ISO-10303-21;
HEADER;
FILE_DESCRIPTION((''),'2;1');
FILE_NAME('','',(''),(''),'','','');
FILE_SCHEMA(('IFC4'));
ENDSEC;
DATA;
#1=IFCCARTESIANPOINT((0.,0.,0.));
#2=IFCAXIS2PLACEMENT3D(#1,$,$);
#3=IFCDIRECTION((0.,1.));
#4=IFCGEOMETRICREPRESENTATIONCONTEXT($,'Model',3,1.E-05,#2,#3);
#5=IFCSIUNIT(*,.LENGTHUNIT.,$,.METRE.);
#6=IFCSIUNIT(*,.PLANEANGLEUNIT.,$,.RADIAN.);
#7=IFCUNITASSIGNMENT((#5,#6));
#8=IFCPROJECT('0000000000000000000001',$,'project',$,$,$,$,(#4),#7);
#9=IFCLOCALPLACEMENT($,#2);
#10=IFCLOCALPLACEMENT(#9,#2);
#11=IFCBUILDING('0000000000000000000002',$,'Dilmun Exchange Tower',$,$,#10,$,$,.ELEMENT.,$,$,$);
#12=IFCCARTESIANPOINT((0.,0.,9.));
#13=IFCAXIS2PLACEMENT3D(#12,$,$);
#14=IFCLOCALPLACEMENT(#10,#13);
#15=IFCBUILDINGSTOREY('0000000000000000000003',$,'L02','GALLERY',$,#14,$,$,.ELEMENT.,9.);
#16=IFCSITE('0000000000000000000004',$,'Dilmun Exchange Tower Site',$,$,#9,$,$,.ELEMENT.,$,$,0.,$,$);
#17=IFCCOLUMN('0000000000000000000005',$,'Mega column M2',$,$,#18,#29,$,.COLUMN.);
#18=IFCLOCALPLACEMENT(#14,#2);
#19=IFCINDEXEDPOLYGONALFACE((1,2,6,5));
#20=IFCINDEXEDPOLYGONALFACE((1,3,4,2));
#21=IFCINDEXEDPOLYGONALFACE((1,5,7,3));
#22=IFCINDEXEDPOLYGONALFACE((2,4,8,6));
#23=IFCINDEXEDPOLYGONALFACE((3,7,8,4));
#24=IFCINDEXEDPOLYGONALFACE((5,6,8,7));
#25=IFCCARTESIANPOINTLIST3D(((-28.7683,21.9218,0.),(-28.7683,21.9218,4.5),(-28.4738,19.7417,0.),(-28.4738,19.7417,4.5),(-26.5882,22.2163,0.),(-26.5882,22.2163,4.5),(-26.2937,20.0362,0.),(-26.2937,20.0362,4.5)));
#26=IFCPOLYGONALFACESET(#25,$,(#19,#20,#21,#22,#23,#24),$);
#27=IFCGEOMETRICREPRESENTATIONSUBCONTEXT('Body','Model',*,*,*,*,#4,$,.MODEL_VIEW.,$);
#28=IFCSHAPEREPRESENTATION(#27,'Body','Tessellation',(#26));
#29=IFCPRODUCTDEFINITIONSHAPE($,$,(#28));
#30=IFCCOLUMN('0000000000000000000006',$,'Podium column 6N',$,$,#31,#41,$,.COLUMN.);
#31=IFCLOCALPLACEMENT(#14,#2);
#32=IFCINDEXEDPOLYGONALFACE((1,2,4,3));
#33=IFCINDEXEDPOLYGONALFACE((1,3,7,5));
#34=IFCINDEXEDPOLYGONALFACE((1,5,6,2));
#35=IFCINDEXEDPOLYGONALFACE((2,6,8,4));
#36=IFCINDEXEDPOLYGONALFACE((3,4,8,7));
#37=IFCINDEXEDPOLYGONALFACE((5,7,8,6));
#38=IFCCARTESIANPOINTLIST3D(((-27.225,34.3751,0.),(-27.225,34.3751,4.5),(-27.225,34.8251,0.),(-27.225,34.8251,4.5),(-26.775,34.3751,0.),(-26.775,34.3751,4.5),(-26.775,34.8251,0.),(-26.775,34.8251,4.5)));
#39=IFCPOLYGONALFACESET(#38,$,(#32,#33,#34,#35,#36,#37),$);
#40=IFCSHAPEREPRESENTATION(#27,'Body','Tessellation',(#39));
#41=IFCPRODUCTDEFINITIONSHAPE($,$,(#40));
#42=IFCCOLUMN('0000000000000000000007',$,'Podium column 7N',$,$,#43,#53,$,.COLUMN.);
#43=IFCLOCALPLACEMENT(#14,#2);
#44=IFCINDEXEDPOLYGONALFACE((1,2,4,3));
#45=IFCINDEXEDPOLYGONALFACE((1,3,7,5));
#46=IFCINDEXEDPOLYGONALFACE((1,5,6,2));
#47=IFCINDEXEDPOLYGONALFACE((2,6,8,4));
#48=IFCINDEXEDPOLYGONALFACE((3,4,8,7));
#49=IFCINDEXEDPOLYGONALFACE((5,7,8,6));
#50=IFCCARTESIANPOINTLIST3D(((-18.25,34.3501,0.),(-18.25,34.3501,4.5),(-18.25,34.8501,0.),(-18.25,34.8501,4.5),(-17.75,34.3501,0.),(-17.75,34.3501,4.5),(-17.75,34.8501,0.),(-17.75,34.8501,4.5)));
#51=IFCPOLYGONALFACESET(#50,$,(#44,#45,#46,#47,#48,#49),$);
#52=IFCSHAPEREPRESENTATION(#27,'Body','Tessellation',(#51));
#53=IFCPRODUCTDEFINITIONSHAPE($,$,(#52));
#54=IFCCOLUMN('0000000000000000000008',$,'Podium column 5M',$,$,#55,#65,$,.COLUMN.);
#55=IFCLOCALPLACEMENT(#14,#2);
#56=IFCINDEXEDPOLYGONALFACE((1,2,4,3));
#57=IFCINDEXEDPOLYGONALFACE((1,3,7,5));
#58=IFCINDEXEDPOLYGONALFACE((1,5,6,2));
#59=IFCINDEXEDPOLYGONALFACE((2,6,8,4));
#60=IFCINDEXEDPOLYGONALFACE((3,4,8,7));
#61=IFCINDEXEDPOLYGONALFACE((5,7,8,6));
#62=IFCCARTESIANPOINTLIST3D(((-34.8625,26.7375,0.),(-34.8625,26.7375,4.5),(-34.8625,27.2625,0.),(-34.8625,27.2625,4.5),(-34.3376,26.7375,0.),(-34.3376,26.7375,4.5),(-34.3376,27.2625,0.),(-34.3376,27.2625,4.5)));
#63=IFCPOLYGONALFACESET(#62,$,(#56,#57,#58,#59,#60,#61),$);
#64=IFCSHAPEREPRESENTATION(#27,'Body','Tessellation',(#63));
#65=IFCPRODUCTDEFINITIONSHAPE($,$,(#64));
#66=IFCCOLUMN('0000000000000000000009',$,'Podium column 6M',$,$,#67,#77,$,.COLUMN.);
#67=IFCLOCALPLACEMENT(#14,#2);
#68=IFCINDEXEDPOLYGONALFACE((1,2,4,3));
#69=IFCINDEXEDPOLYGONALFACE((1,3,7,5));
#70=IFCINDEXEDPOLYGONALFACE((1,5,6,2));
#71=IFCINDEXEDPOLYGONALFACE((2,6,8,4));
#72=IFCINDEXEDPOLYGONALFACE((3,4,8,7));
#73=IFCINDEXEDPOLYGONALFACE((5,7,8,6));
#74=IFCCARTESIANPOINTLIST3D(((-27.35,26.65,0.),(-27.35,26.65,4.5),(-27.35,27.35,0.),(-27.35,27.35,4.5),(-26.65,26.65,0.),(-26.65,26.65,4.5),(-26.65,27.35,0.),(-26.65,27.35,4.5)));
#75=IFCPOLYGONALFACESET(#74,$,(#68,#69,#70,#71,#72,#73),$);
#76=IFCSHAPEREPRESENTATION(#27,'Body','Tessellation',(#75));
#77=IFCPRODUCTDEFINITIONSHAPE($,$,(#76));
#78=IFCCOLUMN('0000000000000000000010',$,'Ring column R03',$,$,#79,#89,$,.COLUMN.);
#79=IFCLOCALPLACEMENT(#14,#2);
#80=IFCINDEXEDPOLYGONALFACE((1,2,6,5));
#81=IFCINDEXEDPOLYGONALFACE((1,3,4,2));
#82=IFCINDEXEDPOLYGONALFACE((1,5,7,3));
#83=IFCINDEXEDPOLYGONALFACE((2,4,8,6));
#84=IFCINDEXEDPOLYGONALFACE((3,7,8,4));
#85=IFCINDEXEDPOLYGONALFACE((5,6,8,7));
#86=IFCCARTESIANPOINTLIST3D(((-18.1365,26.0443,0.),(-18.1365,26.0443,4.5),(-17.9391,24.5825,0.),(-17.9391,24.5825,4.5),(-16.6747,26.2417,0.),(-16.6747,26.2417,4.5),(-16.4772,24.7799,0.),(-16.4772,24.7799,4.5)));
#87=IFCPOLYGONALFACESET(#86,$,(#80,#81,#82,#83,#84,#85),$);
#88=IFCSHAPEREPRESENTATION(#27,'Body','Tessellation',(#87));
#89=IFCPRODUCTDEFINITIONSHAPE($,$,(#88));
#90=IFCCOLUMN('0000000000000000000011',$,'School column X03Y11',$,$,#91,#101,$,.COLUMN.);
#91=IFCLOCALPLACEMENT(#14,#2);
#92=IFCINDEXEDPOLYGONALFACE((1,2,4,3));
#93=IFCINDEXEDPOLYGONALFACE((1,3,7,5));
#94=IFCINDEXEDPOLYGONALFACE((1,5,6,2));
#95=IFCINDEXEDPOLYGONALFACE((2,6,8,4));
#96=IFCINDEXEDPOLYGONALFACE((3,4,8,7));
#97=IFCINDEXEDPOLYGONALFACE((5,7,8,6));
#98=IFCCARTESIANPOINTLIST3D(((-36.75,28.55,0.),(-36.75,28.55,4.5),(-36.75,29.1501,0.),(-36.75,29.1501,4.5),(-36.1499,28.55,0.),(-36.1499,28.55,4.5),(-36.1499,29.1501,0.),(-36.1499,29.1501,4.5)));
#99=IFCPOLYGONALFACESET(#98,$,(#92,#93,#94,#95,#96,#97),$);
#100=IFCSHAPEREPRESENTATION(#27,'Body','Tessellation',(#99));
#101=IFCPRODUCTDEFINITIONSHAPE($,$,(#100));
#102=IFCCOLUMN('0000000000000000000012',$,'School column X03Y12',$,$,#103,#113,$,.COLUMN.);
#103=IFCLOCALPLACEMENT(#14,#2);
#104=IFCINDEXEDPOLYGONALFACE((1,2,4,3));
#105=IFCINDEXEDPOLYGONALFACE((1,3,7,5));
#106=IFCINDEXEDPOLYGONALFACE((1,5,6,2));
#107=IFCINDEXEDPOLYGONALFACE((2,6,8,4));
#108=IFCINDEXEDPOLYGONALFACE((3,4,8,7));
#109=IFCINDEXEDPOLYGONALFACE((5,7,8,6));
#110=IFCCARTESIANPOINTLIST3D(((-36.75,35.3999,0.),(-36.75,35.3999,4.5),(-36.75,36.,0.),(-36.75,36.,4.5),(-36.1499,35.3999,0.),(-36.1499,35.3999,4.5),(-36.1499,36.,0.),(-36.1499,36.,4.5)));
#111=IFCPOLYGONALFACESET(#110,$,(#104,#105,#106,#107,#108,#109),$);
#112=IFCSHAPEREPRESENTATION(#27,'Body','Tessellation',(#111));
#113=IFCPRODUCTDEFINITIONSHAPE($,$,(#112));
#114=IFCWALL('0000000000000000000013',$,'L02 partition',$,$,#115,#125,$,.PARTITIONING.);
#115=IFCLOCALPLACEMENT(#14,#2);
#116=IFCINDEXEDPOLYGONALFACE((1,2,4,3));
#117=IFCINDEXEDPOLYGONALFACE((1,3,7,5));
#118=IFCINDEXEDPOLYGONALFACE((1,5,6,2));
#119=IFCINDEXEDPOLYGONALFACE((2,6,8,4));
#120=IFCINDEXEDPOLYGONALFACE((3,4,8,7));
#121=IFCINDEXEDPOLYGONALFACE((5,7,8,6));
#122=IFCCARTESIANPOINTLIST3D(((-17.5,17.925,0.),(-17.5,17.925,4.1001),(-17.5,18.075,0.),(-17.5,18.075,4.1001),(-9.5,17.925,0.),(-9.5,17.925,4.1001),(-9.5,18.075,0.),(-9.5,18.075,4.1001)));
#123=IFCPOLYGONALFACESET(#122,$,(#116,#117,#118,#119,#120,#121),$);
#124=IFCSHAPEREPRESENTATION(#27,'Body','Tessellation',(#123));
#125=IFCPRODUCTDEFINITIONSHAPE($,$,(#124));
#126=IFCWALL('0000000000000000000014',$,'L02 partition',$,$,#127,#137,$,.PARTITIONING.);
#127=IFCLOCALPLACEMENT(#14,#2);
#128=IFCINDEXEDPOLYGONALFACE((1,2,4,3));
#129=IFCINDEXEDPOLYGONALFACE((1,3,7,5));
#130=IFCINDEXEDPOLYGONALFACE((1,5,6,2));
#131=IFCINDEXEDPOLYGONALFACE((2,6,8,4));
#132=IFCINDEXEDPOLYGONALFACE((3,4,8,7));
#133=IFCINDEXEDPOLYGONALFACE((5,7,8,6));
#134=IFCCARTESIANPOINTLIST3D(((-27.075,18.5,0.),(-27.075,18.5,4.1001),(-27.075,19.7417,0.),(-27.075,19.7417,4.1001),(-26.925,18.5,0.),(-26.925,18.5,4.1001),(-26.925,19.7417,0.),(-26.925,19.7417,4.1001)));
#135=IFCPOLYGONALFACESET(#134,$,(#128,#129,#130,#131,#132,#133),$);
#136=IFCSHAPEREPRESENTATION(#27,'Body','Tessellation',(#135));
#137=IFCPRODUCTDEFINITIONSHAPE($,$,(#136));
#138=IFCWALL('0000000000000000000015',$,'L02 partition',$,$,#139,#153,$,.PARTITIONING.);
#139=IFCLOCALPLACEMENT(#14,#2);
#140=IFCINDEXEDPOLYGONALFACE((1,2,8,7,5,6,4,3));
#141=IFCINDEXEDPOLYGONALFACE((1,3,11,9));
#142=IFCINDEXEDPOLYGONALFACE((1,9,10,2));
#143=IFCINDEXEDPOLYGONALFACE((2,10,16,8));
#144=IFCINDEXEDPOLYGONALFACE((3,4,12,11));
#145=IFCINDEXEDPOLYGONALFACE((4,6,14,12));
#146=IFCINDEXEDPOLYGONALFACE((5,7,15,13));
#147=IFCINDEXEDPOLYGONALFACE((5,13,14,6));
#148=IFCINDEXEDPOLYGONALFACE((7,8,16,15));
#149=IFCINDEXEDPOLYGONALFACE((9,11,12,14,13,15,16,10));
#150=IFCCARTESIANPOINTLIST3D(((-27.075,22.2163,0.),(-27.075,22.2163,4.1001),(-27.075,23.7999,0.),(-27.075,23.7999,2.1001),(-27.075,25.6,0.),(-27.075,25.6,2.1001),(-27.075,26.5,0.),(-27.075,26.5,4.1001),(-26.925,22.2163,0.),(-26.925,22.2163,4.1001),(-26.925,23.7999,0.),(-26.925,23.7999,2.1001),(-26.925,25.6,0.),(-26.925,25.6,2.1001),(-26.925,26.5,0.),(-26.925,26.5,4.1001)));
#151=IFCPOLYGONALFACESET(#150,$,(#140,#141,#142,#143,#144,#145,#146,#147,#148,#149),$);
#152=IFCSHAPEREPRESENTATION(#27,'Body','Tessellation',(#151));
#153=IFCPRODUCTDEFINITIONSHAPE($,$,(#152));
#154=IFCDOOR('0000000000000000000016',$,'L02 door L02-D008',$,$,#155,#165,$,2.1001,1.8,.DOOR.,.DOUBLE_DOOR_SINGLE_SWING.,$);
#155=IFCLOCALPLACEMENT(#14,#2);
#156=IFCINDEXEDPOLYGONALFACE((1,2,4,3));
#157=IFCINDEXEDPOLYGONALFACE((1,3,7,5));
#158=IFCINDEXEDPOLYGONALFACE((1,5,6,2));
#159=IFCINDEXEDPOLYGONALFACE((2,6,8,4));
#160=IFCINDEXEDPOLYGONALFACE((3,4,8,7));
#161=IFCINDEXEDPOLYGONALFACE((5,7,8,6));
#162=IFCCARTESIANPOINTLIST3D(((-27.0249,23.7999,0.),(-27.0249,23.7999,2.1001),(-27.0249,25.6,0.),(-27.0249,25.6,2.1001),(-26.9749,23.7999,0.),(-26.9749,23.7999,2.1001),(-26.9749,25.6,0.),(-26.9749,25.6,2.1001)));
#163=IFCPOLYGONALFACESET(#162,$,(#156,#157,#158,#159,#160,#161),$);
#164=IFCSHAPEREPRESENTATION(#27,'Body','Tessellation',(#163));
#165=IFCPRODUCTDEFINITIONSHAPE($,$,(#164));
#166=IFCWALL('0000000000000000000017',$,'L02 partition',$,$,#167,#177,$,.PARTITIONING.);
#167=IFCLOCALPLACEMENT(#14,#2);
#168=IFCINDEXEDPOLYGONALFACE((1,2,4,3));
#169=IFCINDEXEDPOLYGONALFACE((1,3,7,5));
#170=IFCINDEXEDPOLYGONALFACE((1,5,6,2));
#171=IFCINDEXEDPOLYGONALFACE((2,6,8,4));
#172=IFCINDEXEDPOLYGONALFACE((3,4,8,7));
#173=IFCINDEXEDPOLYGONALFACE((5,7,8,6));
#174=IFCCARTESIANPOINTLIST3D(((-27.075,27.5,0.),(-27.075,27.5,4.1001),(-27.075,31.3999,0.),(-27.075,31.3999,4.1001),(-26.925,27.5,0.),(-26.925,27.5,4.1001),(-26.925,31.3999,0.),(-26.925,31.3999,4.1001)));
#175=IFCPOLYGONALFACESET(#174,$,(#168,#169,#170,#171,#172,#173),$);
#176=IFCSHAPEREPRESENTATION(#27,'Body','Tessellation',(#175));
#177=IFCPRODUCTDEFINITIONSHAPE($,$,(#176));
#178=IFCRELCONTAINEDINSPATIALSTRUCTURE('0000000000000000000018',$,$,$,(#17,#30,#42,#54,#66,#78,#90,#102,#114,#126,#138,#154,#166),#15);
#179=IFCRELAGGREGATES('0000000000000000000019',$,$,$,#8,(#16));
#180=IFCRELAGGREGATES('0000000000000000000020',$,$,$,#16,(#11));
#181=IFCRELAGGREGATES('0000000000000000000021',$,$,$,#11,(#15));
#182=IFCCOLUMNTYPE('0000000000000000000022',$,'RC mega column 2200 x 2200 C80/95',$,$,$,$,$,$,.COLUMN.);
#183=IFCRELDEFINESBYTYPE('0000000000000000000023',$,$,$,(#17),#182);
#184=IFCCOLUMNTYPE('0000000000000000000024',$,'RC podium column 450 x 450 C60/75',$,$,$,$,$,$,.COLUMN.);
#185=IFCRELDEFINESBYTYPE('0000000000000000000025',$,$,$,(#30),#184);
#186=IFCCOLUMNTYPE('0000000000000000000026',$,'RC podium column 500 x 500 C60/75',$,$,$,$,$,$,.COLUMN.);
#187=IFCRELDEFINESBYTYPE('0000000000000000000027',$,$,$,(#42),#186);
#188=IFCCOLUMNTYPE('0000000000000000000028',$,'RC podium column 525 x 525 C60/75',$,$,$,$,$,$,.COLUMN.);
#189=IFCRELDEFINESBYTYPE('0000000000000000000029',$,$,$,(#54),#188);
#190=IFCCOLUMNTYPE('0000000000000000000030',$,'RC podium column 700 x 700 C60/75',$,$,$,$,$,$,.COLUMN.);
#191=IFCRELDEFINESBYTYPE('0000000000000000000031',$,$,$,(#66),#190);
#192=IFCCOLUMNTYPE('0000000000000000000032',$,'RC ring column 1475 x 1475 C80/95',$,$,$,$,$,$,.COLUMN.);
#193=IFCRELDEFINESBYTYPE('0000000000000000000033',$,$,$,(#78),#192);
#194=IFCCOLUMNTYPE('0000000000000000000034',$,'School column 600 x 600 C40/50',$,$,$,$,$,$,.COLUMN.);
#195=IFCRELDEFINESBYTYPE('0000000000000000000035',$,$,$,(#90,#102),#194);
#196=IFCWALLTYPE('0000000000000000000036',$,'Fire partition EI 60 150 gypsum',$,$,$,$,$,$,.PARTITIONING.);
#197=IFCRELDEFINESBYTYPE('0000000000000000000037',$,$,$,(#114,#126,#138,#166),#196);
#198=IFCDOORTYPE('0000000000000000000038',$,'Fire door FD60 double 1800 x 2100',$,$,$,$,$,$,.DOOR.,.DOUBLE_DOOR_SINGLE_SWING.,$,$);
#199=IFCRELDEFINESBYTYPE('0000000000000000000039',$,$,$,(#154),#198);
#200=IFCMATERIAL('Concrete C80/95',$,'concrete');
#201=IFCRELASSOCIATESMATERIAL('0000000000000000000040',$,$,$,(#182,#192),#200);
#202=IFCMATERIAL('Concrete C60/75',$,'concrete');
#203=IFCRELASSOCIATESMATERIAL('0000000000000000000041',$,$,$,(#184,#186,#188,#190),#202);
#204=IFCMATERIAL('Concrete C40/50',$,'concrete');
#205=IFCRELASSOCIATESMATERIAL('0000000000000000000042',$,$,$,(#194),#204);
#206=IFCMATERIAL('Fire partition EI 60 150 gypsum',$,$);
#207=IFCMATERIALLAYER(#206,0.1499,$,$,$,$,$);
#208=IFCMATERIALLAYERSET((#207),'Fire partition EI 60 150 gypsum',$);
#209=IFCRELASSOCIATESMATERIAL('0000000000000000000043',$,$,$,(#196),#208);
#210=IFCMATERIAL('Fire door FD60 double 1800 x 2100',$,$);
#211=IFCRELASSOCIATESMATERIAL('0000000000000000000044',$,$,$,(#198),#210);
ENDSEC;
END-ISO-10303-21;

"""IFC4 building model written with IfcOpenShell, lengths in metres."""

from ifc_helpers import new_model, si_unit, direction, frame, frame_2d, origin, origin_2d, place, context, subcontext, project, spatial, rectangle, extrude, material, layer, layer_set, material_profile, profile_set, type_object, element, fill, save


model = new_model("IFC4")

# Units and contexts
model_context = context("Model", 3, precision=1e-05, world=origin(), true_north=direction((0.0, 1.0)))
body_context = subcontext(model_context, "Body", "Model", "MODEL_VIEW")
ifc_project = project(units=[si_unit("LENGTHUNIT", "METRE"), si_unit("PLANEANGLEUNIT", "RADIAN")], contexts=[model_context])

# Site, building, storey
site_placement = place(None, origin())
site = spatial("IfcSite", under=ifc_project, at=site_placement, Name="Dilmun Exchange Tower Site", CompositionType="ELEMENT", RefElevation=0.0)
building_placement = place(site_placement, origin())
building = spatial("IfcBuilding", under=site, at=building_placement, Name="Dilmun Exchange Tower", CompositionType="ELEMENT")
storey_placement = place(building_placement, frame((0.0, 0.0, 9.0)))
storey = spatial("IfcBuildingStorey", under=building, at=storey_placement, Name="L02", Description="GALLERY", CompositionType="ELEMENT", Elevation=9.0)

# Columns
ifc_material_1 = material(Name="Concrete C80/95", Category="concrete")
ifc_material_profile_1 = material_profile(ifc_material_1, rectangle(XDim=2.2, YDim=2.2, at=origin_2d()), Name="2200 x 2200")
ifc_profile_set_1 = profile_set([ifc_material_profile_1], Name="Concrete C80/95")
column_type_1 = type_object("IfcColumnType", Name="RC mega column 2200 x 2200 C80/95", PredefinedType="COLUMN", material=ifc_profile_set_1)
column_1_placement = place(storey_placement, frame((-27.531, 20.979, 0.0), z_axis=(0.0, 0.0, 1.0), x_axis=(0.991001, 0.133853, 0.0)))
element("IfcColumn", 1, at=column_1_placement, inside=storey, type_object=column_type_1, Name="Mega column M2", PredefinedType="COLUMN", context=body_context, shape_type="SweptSolid", body=[
    extrude(rectangle(XDim=2.2, YDim=2.2, at=origin_2d()), origin(), (0.0, 0.0, 1.0), 4.5),
])
ifc_material_2 = material(Name="Concrete C60/75", Category="concrete")
ifc_material_profile_2 = material_profile(ifc_material_2, rectangle(XDim=0.45, YDim=0.45, at=origin_2d()), Name="450 x 450")
ifc_profile_set_2 = profile_set([ifc_material_profile_2], Name="Concrete C60/75")
column_type_2 = type_object("IfcColumnType", Name="RC podium column 450 x 450 C60/75", PredefinedType="COLUMN", material=ifc_profile_set_2)
column_2_placement = place(storey_placement, frame((-27.0, 34.6001, 0.0), z_axis=(0.0, 0.0, 1.0), x_axis=(1.0, 0.0, 0.0)))
element("IfcColumn", 2, at=column_2_placement, inside=storey, type_object=column_type_2, Name="Podium column 6N", PredefinedType="COLUMN", context=body_context, shape_type="SweptSolid", body=[
    extrude(rectangle(XDim=0.45, YDim=0.45, at=origin_2d()), origin(), (0.0, 0.0, 1.0), 4.5),
])
ifc_material_profile_3 = material_profile(ifc_material_2, rectangle(XDim=0.5, YDim=0.5, at=origin_2d()), Name="500 x 500")
ifc_profile_set_3 = profile_set([ifc_material_profile_3], Name="Concrete C60/75")
column_type_3 = type_object("IfcColumnType", Name="RC podium column 500 x 500 C60/75", PredefinedType="COLUMN", material=ifc_profile_set_3)
column_3_placement = place(storey_placement, frame((-18.0, 34.6001, 0.0), z_axis=(0.0, 0.0, 1.0), x_axis=(1.0, 0.0, 0.0)))
element("IfcColumn", 3, at=column_3_placement, inside=storey, type_object=column_type_3, Name="Podium column 7N", PredefinedType="COLUMN", context=body_context, shape_type="SweptSolid", body=[
    extrude(rectangle(XDim=0.5, YDim=0.5, at=origin_2d()), origin(), (0.0, 0.0, 1.0), 4.5),
])
ifc_material_profile_4 = material_profile(ifc_material_2, rectangle(XDim=0.5249, YDim=0.5249, at=origin_2d()), Name="525 x 525")
ifc_profile_set_4 = profile_set([ifc_material_profile_4], Name="Concrete C60/75")
column_type_4 = type_object("IfcColumnType", Name="RC podium column 525 x 525 C60/75", PredefinedType="COLUMN", material=ifc_profile_set_4)
column_4_placement = place(storey_placement, frame((-34.6001, 27.0, 0.0), z_axis=(0.0, 0.0, 1.0), x_axis=(1.0, 0.0, 0.0)))
element("IfcColumn", 4, at=column_4_placement, inside=storey, type_object=column_type_4, Name="Podium column 5M", PredefinedType="COLUMN", context=body_context, shape_type="SweptSolid", body=[
    extrude(rectangle(XDim=0.5249, YDim=0.5249, at=origin_2d()), origin(), (0.0, 0.0, 1.0), 4.5),
])
ifc_material_profile_5 = material_profile(ifc_material_2, rectangle(XDim=0.7, YDim=0.7, at=origin_2d()), Name="700 x 700")
ifc_profile_set_5 = profile_set([ifc_material_profile_5], Name="Concrete C60/75")
column_type_5 = type_object("IfcColumnType", Name="RC podium column 700 x 700 C60/75", PredefinedType="COLUMN", material=ifc_profile_set_5)
column_5_placement = place(storey_placement, frame((-27.0, 27.0, 0.0), z_axis=(0.0, 0.0, 1.0), x_axis=(1.0, 0.0, 0.0)))
element("IfcColumn", 5, at=column_5_placement, inside=storey, type_object=column_type_5, Name="Podium column 6M", PredefinedType="COLUMN", context=body_context, shape_type="SweptSolid", body=[
    extrude(rectangle(XDim=0.7, YDim=0.7, at=origin_2d()), origin(), (0.0, 0.0, 1.0), 4.5),
])
ifc_material_profile_6 = material_profile(ifc_material_1, rectangle(XDim=1.4751, YDim=1.4751, at=origin_2d()), Name="1475 x 1475")
ifc_profile_set_6 = profile_set([ifc_material_profile_6], Name="Concrete C80/95")
column_type_6 = type_object("IfcColumnType", Name="RC ring column 1475 x 1475 C80/95", PredefinedType="COLUMN", material=ifc_profile_set_6)
column_6_placement = place(storey_placement, frame((-17.3069, 25.4121, 0.0), z_axis=(0.0, 0.0, 1.0), x_axis=(0.991001, 0.133853, 0.0)))
element("IfcColumn", 6, at=column_6_placement, inside=storey, type_object=column_type_6, Name="Ring column R03", PredefinedType="COLUMN", context=body_context, shape_type="SweptSolid", body=[
    extrude(rectangle(XDim=1.4751, YDim=1.4751, at=origin_2d()), origin(), (0.0, 0.0, 1.0), 4.5),
])
ifc_material_3 = material(Name="Concrete C40/50", Category="concrete")
ifc_material_profile_7 = material_profile(ifc_material_3, rectangle(XDim=0.6001, YDim=0.6001, at=origin_2d()), Name="600 x 600")
ifc_profile_set_7 = profile_set([ifc_material_profile_7], Name="Concrete C40/50")
column_type_7 = type_object("IfcColumnType", Name="School column 600 x 600 C40/50", PredefinedType="COLUMN", material=ifc_profile_set_7)
for number, where, z_axis, x_axis, name in (
    (7, (-36.45, 28.8501, 0.0), (0.0, 0.0, 1.0), (1.0, 0.0, 0.0), "School column X03Y11"),
    (8, (-36.45, 35.7, 0.0), (0.0, 0.0, 1.0), (1.0, 0.0, 0.0), "School column X03Y12"),
):
    element("IfcColumn", number, at=place(storey_placement, frame(where, z_axis=z_axis, x_axis=x_axis)), inside=storey, type_object=column_type_7, Name=name, PredefinedType="COLUMN", context=body_context, shape_type="SweptSolid", body=[
        extrude(rectangle(XDim=0.6001, YDim=0.6001, at=origin_2d()), origin(), (0.0, 0.0, 1.0), 4.5),
    ])

# Walls
ifc_material_4 = material(Name="Fire partition EI 60 150 gypsum")
ifc_layer_1 = layer(ifc_material_4, 0.1499)
ifc_layer_set_1 = layer_set([ifc_layer_1], Name="Fire partition EI 60 150 gypsum")
wall_type_1 = type_object("IfcWallType", Name="Fire partition EI 60 150 gypsum", PredefinedType="PARTITIONING", material=ifc_layer_set_1)
wall_1_placement = place(storey_placement, frame((-17.5, 18.0, 0.0), z_axis=(0.0, 0.0, 1.0), x_axis=(1.0, 0.0, 0.0)))
element("IfcWall", 9, at=wall_1_placement, inside=storey, type_object=wall_type_1, Name="L02 partition", PredefinedType="PARTITIONING", context=body_context, shape_type="SweptSolid", body=[
    extrude(rectangle(XDim=8.0, YDim=0.1499, at=frame_2d((4.0, 0.0))), origin(), (0.0, 0.0, 1.0), 4.1001),
])
wall_2_placement = place(storey_placement, frame((-27.0, 18.5, 0.0), z_axis=(0.0, 0.0, 1.0), x_axis=(0.0, 1.0, 0.0)))
element("IfcWall", 10, at=wall_2_placement, inside=storey, type_object=wall_type_1, Name="L02 partition", PredefinedType="PARTITIONING", context=body_context, shape_type="SweptSolid", body=[
    extrude(rectangle(XDim=1.2417, YDim=0.1499, at=frame_2d((0.6208, 0.0))), origin(), (0.0, 0.0, 1.0), 4.1001),
])

# Wall, opening, door
wall_3_placement = place(storey_placement, frame((-27.0, 22.2163, 0.0), z_axis=(0.0, 0.0, 1.0), x_axis=(0.0, 1.0, 0.0)))
wall_3 = element("IfcWall", 11, at=wall_3_placement, inside=storey, type_object=wall_type_1, Name="L02 partition", PredefinedType="PARTITIONING", context=body_context, shape_type="SweptSolid", body=[
    extrude(rectangle(XDim=4.2837, YDim=0.1499, at=frame_2d((2.1418, 0.0))), origin(), (0.0, 0.0, 1.0), 4.1001),
])
opening_1_placement = place(wall_3_placement, frame((1.5837, 0.0, 0.0)))
opening_1 = element("IfcOpeningElement", 12, at=opening_1_placement, cuts=wall_3, PredefinedType="OPENING", context=body_context, shape_type="SweptSolid", body=[
    extrude(rectangle(XDim=1.8, YDim=2.1001, at=frame_2d((0.8999, 1.05))), frame((0.0, 0.085, 0.0), z_axis=(0.0, -1.0, 0.0), x_axis=(1.0, 0.0, 0.0)), (0.0, 0.0, 1.0), 0.1699),
])
ifc_material_5 = material(Name="Fire door FD60 double 1800 x 2100")
door_type_1 = type_object("IfcDoorType", Name="Fire door FD60 double 1800 x 2100", OperationType="DOUBLE_DOOR_SINGLE_SWING", PredefinedType="DOOR", material=ifc_material_5)
door_1_placement = place(opening_1_placement, origin())
door_1 = element("IfcDoor", 13, at=door_1_placement, inside=storey, type_object=door_type_1, Name="L02 door L02-D008", OperationType="DOUBLE_DOOR_SINGLE_SWING", OverallHeight=2.1001, OverallWidth=1.8, PredefinedType="DOOR", context=body_context, shape_type="SweptSolid", body=[
    extrude(rectangle(XDim=1.8, YDim=2.1001, at=frame_2d((0.8999, 1.05))), frame((0.0, 0.0249, 0.0), z_axis=(0.0, -1.0, 0.0), x_axis=(1.0, 0.0, 0.0)), (0.0, 0.0, 1.0), 0.05),
])
fill(opening_1, door_1)

# Wall
wall_4_placement = place(storey_placement, frame((-27.0, 27.5, 0.0), z_axis=(0.0, 0.0, 1.0), x_axis=(0.0, 1.0, 0.0)))
element("IfcWall", 14, at=wall_4_placement, inside=storey, type_object=wall_type_1, Name="L02 partition", PredefinedType="PARTITIONING", context=body_context, shape_type="SweptSolid", body=[
    extrude(rectangle(XDim=3.8999, YDim=0.1499, at=frame_2d((1.95, 0.0))), origin(), (0.0, 0.0, 1.0), 4.1001),
])

save(model, "model.ifc")
